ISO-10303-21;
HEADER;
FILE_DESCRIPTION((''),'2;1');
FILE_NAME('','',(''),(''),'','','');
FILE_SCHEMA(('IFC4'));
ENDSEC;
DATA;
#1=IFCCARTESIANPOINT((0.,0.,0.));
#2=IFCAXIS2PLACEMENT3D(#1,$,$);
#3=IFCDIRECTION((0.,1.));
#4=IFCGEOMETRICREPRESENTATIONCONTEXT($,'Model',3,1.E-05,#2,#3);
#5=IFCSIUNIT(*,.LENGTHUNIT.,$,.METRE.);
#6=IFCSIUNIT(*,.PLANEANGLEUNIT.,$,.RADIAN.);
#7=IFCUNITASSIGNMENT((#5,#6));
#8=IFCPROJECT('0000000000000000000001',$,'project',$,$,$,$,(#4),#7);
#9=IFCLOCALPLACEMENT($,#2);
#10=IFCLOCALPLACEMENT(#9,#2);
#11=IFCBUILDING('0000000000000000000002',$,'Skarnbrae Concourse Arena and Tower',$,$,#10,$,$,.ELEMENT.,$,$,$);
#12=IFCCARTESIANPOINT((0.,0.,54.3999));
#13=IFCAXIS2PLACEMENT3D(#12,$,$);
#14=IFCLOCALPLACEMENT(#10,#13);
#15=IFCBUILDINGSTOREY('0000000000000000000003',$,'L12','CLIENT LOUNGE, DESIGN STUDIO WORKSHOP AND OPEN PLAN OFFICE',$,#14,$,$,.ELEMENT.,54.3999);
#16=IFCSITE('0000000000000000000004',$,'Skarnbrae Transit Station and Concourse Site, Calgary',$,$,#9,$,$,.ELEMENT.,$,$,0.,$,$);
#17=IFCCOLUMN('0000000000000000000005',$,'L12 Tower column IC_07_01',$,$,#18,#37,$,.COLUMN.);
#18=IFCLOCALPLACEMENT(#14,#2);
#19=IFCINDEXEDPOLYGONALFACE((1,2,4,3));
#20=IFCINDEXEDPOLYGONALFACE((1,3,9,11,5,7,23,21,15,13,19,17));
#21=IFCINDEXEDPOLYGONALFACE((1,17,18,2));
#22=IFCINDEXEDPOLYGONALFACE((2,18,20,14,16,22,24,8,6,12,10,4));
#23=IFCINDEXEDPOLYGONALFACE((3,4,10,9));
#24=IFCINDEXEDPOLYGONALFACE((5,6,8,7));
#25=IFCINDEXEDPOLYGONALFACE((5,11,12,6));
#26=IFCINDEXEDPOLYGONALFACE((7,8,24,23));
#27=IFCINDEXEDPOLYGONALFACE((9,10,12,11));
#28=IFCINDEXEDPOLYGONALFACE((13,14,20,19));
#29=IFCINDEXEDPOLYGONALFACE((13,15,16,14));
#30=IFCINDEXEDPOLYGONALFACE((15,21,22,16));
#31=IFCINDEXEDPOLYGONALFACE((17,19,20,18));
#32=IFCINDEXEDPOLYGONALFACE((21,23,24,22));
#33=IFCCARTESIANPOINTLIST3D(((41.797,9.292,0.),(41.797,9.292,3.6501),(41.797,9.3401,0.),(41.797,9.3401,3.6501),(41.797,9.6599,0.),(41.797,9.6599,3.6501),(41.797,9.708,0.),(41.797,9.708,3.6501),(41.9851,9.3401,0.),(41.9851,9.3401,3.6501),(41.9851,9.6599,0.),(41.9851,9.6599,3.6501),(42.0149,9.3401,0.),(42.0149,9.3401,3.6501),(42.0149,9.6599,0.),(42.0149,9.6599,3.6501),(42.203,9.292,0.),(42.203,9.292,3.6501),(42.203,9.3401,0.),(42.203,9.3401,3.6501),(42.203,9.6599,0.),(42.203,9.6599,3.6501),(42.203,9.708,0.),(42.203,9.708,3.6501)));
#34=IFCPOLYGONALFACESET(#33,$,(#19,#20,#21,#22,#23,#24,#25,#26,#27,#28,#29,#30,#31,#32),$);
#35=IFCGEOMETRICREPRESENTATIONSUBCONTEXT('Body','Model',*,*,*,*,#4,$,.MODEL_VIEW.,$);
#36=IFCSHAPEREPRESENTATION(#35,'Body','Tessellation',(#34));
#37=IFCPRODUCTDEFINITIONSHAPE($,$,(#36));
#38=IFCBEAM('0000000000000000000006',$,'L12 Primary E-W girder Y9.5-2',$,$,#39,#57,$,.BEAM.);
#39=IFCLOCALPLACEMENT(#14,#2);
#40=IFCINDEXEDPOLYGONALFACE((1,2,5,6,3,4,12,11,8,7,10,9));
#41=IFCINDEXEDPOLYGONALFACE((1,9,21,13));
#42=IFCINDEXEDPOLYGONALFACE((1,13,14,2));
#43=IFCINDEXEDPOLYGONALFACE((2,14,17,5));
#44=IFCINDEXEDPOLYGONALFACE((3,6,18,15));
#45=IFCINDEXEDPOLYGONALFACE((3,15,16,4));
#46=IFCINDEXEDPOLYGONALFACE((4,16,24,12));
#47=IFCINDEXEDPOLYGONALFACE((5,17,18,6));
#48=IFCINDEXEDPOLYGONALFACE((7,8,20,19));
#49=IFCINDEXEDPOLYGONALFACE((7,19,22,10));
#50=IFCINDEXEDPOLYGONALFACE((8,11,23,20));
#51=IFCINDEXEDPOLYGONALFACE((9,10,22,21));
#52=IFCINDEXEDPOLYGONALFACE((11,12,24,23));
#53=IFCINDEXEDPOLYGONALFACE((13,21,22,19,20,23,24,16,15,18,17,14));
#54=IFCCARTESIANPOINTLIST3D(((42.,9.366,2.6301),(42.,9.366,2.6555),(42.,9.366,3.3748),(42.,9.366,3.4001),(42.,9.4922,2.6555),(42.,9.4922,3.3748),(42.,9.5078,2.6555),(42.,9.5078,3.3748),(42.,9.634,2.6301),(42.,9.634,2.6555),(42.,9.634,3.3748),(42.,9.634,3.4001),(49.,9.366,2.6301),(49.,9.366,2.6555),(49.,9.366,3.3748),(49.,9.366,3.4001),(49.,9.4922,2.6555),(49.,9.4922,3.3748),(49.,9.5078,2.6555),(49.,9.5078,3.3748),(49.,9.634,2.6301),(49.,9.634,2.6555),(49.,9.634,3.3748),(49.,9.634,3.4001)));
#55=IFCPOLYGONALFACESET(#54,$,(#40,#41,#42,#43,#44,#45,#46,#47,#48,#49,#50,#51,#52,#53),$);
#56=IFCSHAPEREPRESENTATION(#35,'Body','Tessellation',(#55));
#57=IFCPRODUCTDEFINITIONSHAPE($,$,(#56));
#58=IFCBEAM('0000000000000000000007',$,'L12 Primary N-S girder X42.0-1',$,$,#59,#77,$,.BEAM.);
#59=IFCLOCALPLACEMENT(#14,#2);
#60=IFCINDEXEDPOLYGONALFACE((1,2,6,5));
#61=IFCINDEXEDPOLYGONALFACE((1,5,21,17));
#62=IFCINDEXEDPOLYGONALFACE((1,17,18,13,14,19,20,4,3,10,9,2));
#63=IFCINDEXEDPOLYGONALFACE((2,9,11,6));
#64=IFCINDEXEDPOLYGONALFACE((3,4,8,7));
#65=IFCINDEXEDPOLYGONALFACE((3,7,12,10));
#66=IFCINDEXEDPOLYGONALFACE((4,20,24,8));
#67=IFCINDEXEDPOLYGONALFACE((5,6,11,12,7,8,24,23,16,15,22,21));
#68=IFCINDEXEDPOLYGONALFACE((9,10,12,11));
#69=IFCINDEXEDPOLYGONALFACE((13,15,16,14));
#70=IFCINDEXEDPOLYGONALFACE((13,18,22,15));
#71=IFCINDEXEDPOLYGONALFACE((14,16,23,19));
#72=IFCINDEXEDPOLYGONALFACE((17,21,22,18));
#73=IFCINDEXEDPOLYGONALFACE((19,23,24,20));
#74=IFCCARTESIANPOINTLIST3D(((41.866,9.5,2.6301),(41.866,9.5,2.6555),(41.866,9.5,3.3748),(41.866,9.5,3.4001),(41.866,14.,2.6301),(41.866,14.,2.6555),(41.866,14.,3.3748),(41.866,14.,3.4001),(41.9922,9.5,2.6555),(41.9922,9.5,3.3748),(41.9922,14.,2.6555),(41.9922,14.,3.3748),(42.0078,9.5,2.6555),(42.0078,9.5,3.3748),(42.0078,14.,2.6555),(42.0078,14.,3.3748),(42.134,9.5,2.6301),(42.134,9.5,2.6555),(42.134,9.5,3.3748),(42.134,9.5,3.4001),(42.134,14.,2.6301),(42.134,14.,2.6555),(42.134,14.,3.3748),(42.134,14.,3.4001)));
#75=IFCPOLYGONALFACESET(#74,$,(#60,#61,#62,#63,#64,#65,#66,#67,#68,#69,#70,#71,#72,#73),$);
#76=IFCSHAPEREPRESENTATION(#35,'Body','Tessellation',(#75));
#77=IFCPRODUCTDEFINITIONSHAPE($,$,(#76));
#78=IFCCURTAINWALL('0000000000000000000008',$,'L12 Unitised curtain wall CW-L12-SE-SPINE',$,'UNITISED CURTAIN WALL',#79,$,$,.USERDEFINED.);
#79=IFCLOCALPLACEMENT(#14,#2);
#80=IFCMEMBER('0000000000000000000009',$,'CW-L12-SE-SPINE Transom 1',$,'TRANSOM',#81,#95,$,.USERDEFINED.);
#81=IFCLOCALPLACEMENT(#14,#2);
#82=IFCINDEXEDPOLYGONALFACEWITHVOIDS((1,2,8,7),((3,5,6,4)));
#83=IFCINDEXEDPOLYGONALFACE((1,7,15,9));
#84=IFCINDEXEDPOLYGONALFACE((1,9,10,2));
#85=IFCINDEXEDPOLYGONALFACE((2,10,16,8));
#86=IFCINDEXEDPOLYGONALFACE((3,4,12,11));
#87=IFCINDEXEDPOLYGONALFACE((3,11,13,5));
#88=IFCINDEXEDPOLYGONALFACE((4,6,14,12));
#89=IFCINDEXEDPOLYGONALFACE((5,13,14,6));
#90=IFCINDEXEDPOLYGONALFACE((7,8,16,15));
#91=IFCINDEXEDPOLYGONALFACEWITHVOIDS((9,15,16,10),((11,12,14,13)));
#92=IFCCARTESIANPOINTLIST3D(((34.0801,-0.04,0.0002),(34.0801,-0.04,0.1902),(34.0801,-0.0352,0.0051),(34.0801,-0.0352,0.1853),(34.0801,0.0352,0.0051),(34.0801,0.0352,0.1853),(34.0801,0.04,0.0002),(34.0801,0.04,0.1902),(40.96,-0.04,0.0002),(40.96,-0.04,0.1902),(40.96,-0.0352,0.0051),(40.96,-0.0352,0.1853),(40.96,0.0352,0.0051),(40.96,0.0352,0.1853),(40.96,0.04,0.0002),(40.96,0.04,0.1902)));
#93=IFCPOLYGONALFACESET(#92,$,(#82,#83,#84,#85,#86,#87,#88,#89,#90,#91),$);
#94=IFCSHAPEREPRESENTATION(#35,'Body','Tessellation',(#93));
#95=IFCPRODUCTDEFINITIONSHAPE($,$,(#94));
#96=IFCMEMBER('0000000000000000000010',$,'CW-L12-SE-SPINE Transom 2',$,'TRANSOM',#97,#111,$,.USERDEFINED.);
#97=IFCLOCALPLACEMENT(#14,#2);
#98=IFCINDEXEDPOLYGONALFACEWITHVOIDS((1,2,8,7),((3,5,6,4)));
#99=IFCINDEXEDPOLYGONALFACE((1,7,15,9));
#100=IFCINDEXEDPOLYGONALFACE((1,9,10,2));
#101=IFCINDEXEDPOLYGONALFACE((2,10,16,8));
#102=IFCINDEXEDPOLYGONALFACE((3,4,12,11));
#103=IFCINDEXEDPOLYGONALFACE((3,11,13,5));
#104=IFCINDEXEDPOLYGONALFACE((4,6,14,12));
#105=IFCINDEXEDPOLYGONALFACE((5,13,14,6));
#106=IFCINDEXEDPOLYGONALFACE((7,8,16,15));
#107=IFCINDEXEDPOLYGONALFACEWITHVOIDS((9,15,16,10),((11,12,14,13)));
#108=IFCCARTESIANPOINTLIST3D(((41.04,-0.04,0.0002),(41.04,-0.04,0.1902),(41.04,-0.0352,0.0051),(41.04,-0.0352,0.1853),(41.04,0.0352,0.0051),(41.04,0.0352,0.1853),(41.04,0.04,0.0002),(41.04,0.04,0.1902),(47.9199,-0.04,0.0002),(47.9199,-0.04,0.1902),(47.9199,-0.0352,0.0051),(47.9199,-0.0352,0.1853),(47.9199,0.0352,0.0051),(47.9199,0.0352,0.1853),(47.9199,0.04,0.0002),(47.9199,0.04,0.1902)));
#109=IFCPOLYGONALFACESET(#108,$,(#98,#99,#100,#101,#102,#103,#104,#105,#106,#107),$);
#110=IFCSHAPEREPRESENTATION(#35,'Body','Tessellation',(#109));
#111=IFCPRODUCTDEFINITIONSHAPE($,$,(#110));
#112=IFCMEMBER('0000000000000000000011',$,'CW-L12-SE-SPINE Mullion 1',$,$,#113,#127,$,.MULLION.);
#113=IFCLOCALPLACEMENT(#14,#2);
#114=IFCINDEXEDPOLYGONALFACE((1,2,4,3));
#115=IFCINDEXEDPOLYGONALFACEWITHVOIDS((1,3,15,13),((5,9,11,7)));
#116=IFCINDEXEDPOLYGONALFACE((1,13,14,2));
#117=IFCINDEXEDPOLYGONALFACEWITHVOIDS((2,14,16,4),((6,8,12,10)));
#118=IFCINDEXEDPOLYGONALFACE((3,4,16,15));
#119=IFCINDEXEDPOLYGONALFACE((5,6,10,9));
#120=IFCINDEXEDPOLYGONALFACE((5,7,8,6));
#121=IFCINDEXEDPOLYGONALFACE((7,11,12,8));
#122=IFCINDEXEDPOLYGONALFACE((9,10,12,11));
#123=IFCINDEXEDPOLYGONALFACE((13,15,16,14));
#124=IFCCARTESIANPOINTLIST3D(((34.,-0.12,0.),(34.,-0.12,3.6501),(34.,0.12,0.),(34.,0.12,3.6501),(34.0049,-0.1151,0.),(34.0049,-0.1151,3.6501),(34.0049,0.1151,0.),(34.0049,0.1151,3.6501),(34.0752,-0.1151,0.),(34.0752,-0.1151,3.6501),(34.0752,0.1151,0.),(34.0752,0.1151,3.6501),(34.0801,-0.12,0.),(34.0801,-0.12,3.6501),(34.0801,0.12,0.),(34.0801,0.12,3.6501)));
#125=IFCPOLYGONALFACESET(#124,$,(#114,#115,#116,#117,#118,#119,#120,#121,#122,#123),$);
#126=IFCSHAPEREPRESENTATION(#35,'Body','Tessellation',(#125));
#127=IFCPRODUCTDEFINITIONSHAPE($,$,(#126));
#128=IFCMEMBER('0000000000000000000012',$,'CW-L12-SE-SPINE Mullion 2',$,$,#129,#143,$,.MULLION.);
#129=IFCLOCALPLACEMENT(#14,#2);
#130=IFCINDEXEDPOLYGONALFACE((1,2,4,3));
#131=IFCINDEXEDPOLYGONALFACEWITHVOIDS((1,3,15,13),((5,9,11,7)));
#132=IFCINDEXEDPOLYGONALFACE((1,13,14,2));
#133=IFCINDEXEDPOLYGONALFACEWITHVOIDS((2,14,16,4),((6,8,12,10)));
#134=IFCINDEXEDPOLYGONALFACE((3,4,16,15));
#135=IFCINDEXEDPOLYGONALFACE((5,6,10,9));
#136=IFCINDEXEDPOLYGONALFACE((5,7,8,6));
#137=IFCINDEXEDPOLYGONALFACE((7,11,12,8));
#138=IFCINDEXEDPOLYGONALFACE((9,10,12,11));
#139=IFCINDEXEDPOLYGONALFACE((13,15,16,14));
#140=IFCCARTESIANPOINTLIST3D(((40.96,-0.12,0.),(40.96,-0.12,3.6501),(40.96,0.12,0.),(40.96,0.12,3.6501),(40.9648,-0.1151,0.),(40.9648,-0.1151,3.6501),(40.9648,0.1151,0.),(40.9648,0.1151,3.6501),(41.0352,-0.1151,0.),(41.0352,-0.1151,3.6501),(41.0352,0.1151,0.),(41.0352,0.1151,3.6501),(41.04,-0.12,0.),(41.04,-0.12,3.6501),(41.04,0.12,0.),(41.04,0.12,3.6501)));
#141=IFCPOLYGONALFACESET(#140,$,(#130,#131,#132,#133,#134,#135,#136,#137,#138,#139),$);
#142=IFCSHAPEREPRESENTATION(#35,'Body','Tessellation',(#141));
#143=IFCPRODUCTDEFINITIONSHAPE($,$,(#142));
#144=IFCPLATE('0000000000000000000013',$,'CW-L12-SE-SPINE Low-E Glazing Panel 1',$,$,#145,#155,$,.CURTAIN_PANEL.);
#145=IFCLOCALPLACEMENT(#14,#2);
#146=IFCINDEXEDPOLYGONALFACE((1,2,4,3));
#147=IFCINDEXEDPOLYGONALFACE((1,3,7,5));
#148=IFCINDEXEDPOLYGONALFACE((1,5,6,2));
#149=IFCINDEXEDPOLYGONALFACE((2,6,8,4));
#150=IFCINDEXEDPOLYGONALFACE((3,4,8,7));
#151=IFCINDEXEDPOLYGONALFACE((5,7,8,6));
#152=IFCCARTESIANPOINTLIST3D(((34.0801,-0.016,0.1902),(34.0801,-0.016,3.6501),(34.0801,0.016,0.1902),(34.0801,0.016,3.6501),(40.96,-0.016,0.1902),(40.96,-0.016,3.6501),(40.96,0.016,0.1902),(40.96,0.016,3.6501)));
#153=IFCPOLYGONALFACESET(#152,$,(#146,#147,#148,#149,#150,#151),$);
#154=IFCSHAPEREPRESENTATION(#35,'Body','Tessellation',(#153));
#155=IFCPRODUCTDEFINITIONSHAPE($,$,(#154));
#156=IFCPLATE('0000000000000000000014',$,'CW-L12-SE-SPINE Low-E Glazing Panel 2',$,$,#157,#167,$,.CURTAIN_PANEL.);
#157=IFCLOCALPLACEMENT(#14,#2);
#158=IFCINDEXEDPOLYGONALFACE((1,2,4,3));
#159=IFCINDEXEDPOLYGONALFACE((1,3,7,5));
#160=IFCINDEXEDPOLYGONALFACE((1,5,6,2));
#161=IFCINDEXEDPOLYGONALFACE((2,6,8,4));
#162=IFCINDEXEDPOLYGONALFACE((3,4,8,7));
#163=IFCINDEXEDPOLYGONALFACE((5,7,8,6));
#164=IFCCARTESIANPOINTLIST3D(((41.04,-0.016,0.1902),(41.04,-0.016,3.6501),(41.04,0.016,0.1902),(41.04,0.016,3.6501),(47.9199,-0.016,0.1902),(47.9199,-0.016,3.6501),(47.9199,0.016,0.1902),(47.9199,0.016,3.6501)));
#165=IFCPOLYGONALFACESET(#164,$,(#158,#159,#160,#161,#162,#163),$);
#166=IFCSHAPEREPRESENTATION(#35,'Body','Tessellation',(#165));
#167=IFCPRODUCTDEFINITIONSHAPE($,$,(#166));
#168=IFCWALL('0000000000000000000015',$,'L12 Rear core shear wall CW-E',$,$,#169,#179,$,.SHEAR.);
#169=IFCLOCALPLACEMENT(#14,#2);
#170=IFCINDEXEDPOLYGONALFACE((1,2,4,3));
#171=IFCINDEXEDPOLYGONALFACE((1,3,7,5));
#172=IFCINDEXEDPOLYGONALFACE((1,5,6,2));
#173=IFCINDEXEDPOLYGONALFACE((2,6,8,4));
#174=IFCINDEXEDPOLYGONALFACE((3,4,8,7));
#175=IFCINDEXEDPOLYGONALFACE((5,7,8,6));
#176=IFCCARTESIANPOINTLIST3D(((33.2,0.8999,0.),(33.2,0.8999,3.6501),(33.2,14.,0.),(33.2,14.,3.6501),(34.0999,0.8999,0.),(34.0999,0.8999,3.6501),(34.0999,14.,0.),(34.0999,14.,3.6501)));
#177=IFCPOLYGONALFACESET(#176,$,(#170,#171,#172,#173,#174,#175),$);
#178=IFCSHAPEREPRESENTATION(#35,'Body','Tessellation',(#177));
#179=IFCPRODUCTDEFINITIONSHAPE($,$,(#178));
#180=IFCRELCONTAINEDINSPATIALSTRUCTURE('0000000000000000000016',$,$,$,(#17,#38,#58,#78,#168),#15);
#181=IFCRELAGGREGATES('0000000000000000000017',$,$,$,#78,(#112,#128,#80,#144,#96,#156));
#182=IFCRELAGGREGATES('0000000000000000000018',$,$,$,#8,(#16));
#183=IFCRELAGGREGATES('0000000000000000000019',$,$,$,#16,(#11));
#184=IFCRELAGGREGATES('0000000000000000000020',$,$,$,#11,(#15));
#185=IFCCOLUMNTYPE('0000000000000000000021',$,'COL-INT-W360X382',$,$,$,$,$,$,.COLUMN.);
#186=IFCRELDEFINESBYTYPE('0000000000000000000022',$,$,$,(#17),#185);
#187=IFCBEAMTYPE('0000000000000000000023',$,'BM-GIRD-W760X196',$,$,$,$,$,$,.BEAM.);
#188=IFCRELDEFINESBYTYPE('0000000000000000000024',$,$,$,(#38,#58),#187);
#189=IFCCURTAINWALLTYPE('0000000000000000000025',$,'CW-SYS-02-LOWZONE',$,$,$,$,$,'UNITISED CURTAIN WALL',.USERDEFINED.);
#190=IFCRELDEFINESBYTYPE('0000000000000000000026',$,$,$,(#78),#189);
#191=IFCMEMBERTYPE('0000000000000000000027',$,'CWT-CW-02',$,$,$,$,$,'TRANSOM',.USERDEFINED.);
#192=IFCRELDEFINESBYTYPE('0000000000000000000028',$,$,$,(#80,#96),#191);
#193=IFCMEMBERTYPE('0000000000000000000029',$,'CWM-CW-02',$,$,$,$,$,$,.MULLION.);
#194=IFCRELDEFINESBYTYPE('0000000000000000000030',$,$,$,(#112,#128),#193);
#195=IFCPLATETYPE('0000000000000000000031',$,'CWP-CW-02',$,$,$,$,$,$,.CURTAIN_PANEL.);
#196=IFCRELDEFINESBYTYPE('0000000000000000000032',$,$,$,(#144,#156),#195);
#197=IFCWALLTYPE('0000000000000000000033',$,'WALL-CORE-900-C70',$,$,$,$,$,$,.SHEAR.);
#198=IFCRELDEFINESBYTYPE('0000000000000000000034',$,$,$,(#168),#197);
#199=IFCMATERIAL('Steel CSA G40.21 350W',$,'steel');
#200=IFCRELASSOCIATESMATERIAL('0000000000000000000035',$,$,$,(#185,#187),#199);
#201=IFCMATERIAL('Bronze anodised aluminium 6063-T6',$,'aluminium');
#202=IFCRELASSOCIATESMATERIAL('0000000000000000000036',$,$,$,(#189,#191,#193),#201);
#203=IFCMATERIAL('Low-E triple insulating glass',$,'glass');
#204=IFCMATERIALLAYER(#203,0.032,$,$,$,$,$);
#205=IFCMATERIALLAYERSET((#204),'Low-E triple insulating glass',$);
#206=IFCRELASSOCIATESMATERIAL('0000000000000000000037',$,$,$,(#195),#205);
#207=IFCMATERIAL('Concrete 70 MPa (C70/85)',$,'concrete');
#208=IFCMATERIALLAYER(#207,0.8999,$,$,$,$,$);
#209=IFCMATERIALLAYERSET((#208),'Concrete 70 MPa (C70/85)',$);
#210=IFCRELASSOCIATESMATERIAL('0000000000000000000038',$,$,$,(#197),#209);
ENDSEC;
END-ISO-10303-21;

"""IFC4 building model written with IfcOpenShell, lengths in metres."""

from ifc_helpers import new_model, si_unit, direction, frame, frame_2d, origin, origin_2d, place, context, subcontext, project, spatial, rectangle, hollow_rectangle, i_section, extrude, source, transform, mapped, material, layer, layer_set, material_profile, profile_set, type_object, element, aggregate, save


model = new_model("IFC4")

# Units and contexts
model_context = context("Model", 3, precision=1e-05, world=origin(), true_north=direction((0.0, 1.0)))
body_context = subcontext(model_context, "Body", "Model", "MODEL_VIEW")
ifc_project = project(units=[si_unit("LENGTHUNIT", "METRE"), si_unit("PLANEANGLEUNIT", "RADIAN")], contexts=[model_context])

# Site, building, storey
site_placement = place(None, origin())
site = spatial("IfcSite", under=ifc_project, at=site_placement, Name="Skarnbrae Transit Station and Concourse Site, Calgary", CompositionType="ELEMENT", RefElevation=0.0)
building_placement = place(site_placement, origin())
building = spatial("IfcBuilding", under=site, at=building_placement, Name="Skarnbrae Concourse Arena and Tower", CompositionType="ELEMENT")
storey_placement = place(building_placement, frame((0.0, 0.0, 54.3999)))
storey = spatial("IfcBuildingStorey", under=building, at=storey_placement, Name="L12", Description="CLIENT LOUNGE, DESIGN STUDIO WORKSHOP AND OPEN PLAN OFFICE", CompositionType="ELEMENT", Elevation=54.3999)

# Column
ifc_material_1 = material(Name="Steel CSA G40.21 350W", Category="steel")
ifc_material_profile_1 = material_profile(ifc_material_1, i_section(OverallWidth=0.406, OverallDepth=0.416, WebThickness=0.0298, FlangeThickness=0.0481, at=origin_2d()), Name="W360X382")
ifc_profile_set_1 = profile_set([ifc_material_profile_1], Name="Steel CSA G40.21 350W")
column_type = type_object("IfcColumnType", Name="COL-INT-W360X382", PredefinedType="COLUMN", material=ifc_profile_set_1)
shared_shape_1 = source(origin(), body_context, "Body", "SweptSolid", [
    extrude(i_section(OverallWidth=0.406, OverallDepth=0.416, WebThickness=0.0298, FlangeThickness=0.0481, at=origin_2d()), origin(), (0.0, 0.0, 1.0), 3.6501),
])
column_placement = place(storey_placement, frame((42.0, 9.5, 0.0), z_axis=(0.0, 0.0, 1.0), x_axis=(1.0, 0.0, 0.0)))
element("IfcColumn", 1, at=column_placement, inside=storey, type_object=column_type, Name="L12 Tower column IC_07_01", PredefinedType="COLUMN", context=body_context, shape_type="MappedRepresentation", body=[
    mapped(shared_shape_1, transform((0.0, 0.0, 0.0))),
])

# Beams
ifc_material_profile_2 = material_profile(ifc_material_1, i_section(OverallWidth=0.2681, OverallDepth=0.77, WebThickness=0.0156, FlangeThickness=0.0254, at=origin_2d()), Name="W760X196")
ifc_profile_set_2 = profile_set([ifc_material_profile_2], Name="Steel CSA G40.21 350W")
beam_type = type_object("IfcBeamType", Name="BM-GIRD-W760X196", PredefinedType="BEAM", material=ifc_profile_set_2)
shared_shape_2 = source(origin(), body_context, "Body", "SweptSolid", [
    extrude(i_section(OverallWidth=0.2681, OverallDepth=0.77, WebThickness=0.0156, FlangeThickness=0.0254, at=origin_2d()), origin(), (0.0, 0.0, 1.0), 7.0),
])
beam_1_placement = place(storey_placement, frame((42.0, 9.5, 3.0151), z_axis=(1.0, 0.0, 0.0), x_axis=(0.0, 1.0, 0.0)))
element("IfcBeam", 2, at=beam_1_placement, inside=storey, type_object=beam_type, Name="L12 Primary E-W girder Y9.5-2", PredefinedType="BEAM", context=body_context, shape_type="MappedRepresentation", body=[
    mapped(shared_shape_2, transform((0.0, 0.0, 0.0))),
])
shared_shape_3 = source(origin(), body_context, "Body", "SweptSolid", [
    extrude(i_section(OverallWidth=0.2681, OverallDepth=0.77, WebThickness=0.0156, FlangeThickness=0.0254, at=origin_2d()), origin(), (0.0, 0.0, 1.0), 4.5),
])
beam_2_placement = place(storey_placement, frame((42.0, 9.5, 3.0151), z_axis=(0.0, 1.0, 0.0), x_axis=(-1.0, 0.0, 0.0)))
element("IfcBeam", 3, at=beam_2_placement, inside=storey, type_object=beam_type, Name="L12 Primary N-S girder X42.0-1", PredefinedType="BEAM", context=body_context, shape_type="MappedRepresentation", body=[
    mapped(shared_shape_3, transform((0.0, 0.0, 0.0))),
])

# Curtain wall, members, plates
ifc_material_2 = material(Name="Bronze anodised aluminium 6063-T6", Category="aluminium")
curtain_wall_type = type_object("IfcCurtainWallType", Name="CW-SYS-02-LOWZONE", ElementType="UNITISED CURTAIN WALL", PredefinedType="USERDEFINED", material=ifc_material_2)
curtain_wall_placement = place(storey_placement, origin())
curtain_wall = element("IfcCurtainWall", 4, at=curtain_wall_placement, inside=storey, type_object=curtain_wall_type, Name="L12 Unitised curtain wall CW-L12-SE-SPINE", ObjectType="UNITISED CURTAIN WALL", PredefinedType="USERDEFINED")
ifc_material_profile_3 = material_profile(ifc_material_2, hollow_rectangle(XDim=0.0801, YDim=0.1899, WallThickness=0.0049, at=origin_2d()), Name="ALU-TRAN-80X190")
ifc_profile_set_3 = profile_set([ifc_material_profile_3], Name="Bronze anodised aluminium 6063-T6")
member_type_1 = type_object("IfcMemberType", Name="CWT-CW-02", ElementType="TRANSOM", PredefinedType="USERDEFINED", material=ifc_profile_set_3)
shared_shape_4 = source(origin(), body_context, "Body", "SweptSolid", [
    extrude(hollow_rectangle(XDim=0.0801, YDim=0.1899, WallThickness=0.0049, at=origin_2d()), origin(), (0.0, 0.0, 1.0), 6.8799),
])
member_1_placement = place(storey_placement, frame((34.0801, 0.0, 0.0952), z_axis=(1.0, 0.0, 0.0), x_axis=(0.0, 1.0, 0.0)))
member_1 = element("IfcMember", 5, at=member_1_placement, type_object=member_type_1, Name="CW-L12-SE-SPINE Transom 1", ObjectType="TRANSOM", PredefinedType="USERDEFINED", context=body_context, shape_type="MappedRepresentation", body=[
    mapped(shared_shape_4, transform((0.0, 0.0, 0.0))),
])
member_2_placement = place(storey_placement, frame((41.04, 0.0, 0.0952), z_axis=(1.0, 0.0, 0.0), x_axis=(0.0, 1.0, 0.0)))
member_2 = element("IfcMember", 6, at=member_2_placement, type_object=member_type_1, Name="CW-L12-SE-SPINE Transom 2", ObjectType="TRANSOM", PredefinedType="USERDEFINED", context=body_context, shape_type="MappedRepresentation", body=[
    mapped(shared_shape_4, transform((0.0, 0.0, 0.0))),
])
ifc_material_profile_4 = material_profile(ifc_material_2, hollow_rectangle(XDim=0.0801, YDim=0.24, WallThickness=0.0049, at=origin_2d()), Name="ALU-MULL-80X240")
ifc_profile_set_4 = profile_set([ifc_material_profile_4], Name="Bronze anodised aluminium 6063-T6")
member_type_2 = type_object("IfcMemberType", Name="CWM-CW-02", PredefinedType="MULLION", material=ifc_profile_set_4)
shared_shape_5 = source(origin(), body_context, "Body", "SweptSolid", [
    extrude(hollow_rectangle(XDim=0.0801, YDim=0.24, WallThickness=0.0049, at=origin_2d()), origin(), (0.0, 0.0, 1.0), 3.6501),
])
member_3_placement = place(storey_placement, frame((34.04, 0.0, 0.0), z_axis=(0.0, 0.0, 1.0), x_axis=(1.0, 0.0, 0.0)))
member_3 = element("IfcMember", 7, at=member_3_placement, type_object=member_type_2, Name="CW-L12-SE-SPINE Mullion 1", PredefinedType="MULLION", context=body_context, shape_type="MappedRepresentation", body=[
    mapped(shared_shape_5, transform((0.0, 0.0, 0.0))),
])
member_4_placement = place(storey_placement, frame((41.0, 0.0, 0.0), z_axis=(0.0, 0.0, 1.0), x_axis=(1.0, 0.0, 0.0)))
member_4 = element("IfcMember", 8, at=member_4_placement, type_object=member_type_2, Name="CW-L12-SE-SPINE Mullion 2", PredefinedType="MULLION", context=body_context, shape_type="MappedRepresentation", body=[
    mapped(shared_shape_5, transform((0.0, 0.0, 0.0))),
])
ifc_material_3 = material(Name="Low-E triple insulating glass", Category="glass")
ifc_layer_1 = layer(ifc_material_3, 0.032)
ifc_layer_set_1 = layer_set([ifc_layer_1], Name="Low-E triple insulating glass")
plate_type = type_object("IfcPlateType", Name="CWP-CW-02", PredefinedType="CURTAIN_PANEL", material=ifc_layer_set_1)
shared_shape_6 = source(origin(), body_context, "Body", "SweptSolid", [
    extrude(rectangle(XDim=6.8799, YDim=0.032, at=origin_2d()), origin(), (0.0, 0.0, 1.0), 3.46),
])
plate_1_placement = place(storey_placement, frame((37.52, 0.0, 0.1902), z_axis=(0.0, 0.0, 1.0), x_axis=(1.0, 0.0, 0.0)))
plate_1 = element("IfcPlate", 9, at=plate_1_placement, type_object=plate_type, Name="CW-L12-SE-SPINE Low-E Glazing Panel 1", PredefinedType="CURTAIN_PANEL", context=body_context, shape_type="MappedRepresentation", body=[
    mapped(shared_shape_6, transform((0.0, 0.0, 0.0))),
])
plate_2_placement = place(storey_placement, frame((44.48, 0.0, 0.1902), z_axis=(0.0, 0.0, 1.0), x_axis=(1.0, 0.0, 0.0)))
plate_2 = element("IfcPlate", 10, at=plate_2_placement, type_object=plate_type, Name="CW-L12-SE-SPINE Low-E Glazing Panel 2", PredefinedType="CURTAIN_PANEL", context=body_context, shape_type="MappedRepresentation", body=[
    mapped(shared_shape_6, transform((0.0, 0.0, 0.0))),
])
aggregate(curtain_wall, [member_3, member_4, member_1, plate_1, member_2, plate_2])

# Wall
ifc_material_4 = material(Name="Concrete 70 MPa (C70/85)", Category="concrete")
ifc_layer_2 = layer(ifc_material_4, 0.8999)
ifc_layer_set_2 = layer_set([ifc_layer_2], Name="Concrete 70 MPa (C70/85)")
wall_type_1 = type_object("IfcWallType", Name="WALL-CORE-900-C70", PredefinedType="SHEAR", material=ifc_layer_set_2)
shared_shape_7 = source(origin(), body_context, "Body", "SweptSolid", [
    extrude(rectangle(XDim=13.1001, YDim=0.8999, at=frame_2d((6.55, 0.0))), origin(), (0.0, 0.0, 1.0), 3.6501),
])
wall_1_placement = place(storey_placement, frame((33.6499, 0.8999, 0.0), z_axis=(0.0, 0.0, 1.0), x_axis=(0.0, 1.0, 0.0)))
element("IfcWall", 11, at=wall_1_placement, inside=storey, type_object=wall_type_1, Name="L12 Rear core shear wall CW-E", PredefinedType="SHEAR", context=body_context, shape_type="MappedRepresentation", body=[
    mapped(shared_shape_7, transform((0.0, 0.0, 0.0))),
])

save(model, "model.ifc")
